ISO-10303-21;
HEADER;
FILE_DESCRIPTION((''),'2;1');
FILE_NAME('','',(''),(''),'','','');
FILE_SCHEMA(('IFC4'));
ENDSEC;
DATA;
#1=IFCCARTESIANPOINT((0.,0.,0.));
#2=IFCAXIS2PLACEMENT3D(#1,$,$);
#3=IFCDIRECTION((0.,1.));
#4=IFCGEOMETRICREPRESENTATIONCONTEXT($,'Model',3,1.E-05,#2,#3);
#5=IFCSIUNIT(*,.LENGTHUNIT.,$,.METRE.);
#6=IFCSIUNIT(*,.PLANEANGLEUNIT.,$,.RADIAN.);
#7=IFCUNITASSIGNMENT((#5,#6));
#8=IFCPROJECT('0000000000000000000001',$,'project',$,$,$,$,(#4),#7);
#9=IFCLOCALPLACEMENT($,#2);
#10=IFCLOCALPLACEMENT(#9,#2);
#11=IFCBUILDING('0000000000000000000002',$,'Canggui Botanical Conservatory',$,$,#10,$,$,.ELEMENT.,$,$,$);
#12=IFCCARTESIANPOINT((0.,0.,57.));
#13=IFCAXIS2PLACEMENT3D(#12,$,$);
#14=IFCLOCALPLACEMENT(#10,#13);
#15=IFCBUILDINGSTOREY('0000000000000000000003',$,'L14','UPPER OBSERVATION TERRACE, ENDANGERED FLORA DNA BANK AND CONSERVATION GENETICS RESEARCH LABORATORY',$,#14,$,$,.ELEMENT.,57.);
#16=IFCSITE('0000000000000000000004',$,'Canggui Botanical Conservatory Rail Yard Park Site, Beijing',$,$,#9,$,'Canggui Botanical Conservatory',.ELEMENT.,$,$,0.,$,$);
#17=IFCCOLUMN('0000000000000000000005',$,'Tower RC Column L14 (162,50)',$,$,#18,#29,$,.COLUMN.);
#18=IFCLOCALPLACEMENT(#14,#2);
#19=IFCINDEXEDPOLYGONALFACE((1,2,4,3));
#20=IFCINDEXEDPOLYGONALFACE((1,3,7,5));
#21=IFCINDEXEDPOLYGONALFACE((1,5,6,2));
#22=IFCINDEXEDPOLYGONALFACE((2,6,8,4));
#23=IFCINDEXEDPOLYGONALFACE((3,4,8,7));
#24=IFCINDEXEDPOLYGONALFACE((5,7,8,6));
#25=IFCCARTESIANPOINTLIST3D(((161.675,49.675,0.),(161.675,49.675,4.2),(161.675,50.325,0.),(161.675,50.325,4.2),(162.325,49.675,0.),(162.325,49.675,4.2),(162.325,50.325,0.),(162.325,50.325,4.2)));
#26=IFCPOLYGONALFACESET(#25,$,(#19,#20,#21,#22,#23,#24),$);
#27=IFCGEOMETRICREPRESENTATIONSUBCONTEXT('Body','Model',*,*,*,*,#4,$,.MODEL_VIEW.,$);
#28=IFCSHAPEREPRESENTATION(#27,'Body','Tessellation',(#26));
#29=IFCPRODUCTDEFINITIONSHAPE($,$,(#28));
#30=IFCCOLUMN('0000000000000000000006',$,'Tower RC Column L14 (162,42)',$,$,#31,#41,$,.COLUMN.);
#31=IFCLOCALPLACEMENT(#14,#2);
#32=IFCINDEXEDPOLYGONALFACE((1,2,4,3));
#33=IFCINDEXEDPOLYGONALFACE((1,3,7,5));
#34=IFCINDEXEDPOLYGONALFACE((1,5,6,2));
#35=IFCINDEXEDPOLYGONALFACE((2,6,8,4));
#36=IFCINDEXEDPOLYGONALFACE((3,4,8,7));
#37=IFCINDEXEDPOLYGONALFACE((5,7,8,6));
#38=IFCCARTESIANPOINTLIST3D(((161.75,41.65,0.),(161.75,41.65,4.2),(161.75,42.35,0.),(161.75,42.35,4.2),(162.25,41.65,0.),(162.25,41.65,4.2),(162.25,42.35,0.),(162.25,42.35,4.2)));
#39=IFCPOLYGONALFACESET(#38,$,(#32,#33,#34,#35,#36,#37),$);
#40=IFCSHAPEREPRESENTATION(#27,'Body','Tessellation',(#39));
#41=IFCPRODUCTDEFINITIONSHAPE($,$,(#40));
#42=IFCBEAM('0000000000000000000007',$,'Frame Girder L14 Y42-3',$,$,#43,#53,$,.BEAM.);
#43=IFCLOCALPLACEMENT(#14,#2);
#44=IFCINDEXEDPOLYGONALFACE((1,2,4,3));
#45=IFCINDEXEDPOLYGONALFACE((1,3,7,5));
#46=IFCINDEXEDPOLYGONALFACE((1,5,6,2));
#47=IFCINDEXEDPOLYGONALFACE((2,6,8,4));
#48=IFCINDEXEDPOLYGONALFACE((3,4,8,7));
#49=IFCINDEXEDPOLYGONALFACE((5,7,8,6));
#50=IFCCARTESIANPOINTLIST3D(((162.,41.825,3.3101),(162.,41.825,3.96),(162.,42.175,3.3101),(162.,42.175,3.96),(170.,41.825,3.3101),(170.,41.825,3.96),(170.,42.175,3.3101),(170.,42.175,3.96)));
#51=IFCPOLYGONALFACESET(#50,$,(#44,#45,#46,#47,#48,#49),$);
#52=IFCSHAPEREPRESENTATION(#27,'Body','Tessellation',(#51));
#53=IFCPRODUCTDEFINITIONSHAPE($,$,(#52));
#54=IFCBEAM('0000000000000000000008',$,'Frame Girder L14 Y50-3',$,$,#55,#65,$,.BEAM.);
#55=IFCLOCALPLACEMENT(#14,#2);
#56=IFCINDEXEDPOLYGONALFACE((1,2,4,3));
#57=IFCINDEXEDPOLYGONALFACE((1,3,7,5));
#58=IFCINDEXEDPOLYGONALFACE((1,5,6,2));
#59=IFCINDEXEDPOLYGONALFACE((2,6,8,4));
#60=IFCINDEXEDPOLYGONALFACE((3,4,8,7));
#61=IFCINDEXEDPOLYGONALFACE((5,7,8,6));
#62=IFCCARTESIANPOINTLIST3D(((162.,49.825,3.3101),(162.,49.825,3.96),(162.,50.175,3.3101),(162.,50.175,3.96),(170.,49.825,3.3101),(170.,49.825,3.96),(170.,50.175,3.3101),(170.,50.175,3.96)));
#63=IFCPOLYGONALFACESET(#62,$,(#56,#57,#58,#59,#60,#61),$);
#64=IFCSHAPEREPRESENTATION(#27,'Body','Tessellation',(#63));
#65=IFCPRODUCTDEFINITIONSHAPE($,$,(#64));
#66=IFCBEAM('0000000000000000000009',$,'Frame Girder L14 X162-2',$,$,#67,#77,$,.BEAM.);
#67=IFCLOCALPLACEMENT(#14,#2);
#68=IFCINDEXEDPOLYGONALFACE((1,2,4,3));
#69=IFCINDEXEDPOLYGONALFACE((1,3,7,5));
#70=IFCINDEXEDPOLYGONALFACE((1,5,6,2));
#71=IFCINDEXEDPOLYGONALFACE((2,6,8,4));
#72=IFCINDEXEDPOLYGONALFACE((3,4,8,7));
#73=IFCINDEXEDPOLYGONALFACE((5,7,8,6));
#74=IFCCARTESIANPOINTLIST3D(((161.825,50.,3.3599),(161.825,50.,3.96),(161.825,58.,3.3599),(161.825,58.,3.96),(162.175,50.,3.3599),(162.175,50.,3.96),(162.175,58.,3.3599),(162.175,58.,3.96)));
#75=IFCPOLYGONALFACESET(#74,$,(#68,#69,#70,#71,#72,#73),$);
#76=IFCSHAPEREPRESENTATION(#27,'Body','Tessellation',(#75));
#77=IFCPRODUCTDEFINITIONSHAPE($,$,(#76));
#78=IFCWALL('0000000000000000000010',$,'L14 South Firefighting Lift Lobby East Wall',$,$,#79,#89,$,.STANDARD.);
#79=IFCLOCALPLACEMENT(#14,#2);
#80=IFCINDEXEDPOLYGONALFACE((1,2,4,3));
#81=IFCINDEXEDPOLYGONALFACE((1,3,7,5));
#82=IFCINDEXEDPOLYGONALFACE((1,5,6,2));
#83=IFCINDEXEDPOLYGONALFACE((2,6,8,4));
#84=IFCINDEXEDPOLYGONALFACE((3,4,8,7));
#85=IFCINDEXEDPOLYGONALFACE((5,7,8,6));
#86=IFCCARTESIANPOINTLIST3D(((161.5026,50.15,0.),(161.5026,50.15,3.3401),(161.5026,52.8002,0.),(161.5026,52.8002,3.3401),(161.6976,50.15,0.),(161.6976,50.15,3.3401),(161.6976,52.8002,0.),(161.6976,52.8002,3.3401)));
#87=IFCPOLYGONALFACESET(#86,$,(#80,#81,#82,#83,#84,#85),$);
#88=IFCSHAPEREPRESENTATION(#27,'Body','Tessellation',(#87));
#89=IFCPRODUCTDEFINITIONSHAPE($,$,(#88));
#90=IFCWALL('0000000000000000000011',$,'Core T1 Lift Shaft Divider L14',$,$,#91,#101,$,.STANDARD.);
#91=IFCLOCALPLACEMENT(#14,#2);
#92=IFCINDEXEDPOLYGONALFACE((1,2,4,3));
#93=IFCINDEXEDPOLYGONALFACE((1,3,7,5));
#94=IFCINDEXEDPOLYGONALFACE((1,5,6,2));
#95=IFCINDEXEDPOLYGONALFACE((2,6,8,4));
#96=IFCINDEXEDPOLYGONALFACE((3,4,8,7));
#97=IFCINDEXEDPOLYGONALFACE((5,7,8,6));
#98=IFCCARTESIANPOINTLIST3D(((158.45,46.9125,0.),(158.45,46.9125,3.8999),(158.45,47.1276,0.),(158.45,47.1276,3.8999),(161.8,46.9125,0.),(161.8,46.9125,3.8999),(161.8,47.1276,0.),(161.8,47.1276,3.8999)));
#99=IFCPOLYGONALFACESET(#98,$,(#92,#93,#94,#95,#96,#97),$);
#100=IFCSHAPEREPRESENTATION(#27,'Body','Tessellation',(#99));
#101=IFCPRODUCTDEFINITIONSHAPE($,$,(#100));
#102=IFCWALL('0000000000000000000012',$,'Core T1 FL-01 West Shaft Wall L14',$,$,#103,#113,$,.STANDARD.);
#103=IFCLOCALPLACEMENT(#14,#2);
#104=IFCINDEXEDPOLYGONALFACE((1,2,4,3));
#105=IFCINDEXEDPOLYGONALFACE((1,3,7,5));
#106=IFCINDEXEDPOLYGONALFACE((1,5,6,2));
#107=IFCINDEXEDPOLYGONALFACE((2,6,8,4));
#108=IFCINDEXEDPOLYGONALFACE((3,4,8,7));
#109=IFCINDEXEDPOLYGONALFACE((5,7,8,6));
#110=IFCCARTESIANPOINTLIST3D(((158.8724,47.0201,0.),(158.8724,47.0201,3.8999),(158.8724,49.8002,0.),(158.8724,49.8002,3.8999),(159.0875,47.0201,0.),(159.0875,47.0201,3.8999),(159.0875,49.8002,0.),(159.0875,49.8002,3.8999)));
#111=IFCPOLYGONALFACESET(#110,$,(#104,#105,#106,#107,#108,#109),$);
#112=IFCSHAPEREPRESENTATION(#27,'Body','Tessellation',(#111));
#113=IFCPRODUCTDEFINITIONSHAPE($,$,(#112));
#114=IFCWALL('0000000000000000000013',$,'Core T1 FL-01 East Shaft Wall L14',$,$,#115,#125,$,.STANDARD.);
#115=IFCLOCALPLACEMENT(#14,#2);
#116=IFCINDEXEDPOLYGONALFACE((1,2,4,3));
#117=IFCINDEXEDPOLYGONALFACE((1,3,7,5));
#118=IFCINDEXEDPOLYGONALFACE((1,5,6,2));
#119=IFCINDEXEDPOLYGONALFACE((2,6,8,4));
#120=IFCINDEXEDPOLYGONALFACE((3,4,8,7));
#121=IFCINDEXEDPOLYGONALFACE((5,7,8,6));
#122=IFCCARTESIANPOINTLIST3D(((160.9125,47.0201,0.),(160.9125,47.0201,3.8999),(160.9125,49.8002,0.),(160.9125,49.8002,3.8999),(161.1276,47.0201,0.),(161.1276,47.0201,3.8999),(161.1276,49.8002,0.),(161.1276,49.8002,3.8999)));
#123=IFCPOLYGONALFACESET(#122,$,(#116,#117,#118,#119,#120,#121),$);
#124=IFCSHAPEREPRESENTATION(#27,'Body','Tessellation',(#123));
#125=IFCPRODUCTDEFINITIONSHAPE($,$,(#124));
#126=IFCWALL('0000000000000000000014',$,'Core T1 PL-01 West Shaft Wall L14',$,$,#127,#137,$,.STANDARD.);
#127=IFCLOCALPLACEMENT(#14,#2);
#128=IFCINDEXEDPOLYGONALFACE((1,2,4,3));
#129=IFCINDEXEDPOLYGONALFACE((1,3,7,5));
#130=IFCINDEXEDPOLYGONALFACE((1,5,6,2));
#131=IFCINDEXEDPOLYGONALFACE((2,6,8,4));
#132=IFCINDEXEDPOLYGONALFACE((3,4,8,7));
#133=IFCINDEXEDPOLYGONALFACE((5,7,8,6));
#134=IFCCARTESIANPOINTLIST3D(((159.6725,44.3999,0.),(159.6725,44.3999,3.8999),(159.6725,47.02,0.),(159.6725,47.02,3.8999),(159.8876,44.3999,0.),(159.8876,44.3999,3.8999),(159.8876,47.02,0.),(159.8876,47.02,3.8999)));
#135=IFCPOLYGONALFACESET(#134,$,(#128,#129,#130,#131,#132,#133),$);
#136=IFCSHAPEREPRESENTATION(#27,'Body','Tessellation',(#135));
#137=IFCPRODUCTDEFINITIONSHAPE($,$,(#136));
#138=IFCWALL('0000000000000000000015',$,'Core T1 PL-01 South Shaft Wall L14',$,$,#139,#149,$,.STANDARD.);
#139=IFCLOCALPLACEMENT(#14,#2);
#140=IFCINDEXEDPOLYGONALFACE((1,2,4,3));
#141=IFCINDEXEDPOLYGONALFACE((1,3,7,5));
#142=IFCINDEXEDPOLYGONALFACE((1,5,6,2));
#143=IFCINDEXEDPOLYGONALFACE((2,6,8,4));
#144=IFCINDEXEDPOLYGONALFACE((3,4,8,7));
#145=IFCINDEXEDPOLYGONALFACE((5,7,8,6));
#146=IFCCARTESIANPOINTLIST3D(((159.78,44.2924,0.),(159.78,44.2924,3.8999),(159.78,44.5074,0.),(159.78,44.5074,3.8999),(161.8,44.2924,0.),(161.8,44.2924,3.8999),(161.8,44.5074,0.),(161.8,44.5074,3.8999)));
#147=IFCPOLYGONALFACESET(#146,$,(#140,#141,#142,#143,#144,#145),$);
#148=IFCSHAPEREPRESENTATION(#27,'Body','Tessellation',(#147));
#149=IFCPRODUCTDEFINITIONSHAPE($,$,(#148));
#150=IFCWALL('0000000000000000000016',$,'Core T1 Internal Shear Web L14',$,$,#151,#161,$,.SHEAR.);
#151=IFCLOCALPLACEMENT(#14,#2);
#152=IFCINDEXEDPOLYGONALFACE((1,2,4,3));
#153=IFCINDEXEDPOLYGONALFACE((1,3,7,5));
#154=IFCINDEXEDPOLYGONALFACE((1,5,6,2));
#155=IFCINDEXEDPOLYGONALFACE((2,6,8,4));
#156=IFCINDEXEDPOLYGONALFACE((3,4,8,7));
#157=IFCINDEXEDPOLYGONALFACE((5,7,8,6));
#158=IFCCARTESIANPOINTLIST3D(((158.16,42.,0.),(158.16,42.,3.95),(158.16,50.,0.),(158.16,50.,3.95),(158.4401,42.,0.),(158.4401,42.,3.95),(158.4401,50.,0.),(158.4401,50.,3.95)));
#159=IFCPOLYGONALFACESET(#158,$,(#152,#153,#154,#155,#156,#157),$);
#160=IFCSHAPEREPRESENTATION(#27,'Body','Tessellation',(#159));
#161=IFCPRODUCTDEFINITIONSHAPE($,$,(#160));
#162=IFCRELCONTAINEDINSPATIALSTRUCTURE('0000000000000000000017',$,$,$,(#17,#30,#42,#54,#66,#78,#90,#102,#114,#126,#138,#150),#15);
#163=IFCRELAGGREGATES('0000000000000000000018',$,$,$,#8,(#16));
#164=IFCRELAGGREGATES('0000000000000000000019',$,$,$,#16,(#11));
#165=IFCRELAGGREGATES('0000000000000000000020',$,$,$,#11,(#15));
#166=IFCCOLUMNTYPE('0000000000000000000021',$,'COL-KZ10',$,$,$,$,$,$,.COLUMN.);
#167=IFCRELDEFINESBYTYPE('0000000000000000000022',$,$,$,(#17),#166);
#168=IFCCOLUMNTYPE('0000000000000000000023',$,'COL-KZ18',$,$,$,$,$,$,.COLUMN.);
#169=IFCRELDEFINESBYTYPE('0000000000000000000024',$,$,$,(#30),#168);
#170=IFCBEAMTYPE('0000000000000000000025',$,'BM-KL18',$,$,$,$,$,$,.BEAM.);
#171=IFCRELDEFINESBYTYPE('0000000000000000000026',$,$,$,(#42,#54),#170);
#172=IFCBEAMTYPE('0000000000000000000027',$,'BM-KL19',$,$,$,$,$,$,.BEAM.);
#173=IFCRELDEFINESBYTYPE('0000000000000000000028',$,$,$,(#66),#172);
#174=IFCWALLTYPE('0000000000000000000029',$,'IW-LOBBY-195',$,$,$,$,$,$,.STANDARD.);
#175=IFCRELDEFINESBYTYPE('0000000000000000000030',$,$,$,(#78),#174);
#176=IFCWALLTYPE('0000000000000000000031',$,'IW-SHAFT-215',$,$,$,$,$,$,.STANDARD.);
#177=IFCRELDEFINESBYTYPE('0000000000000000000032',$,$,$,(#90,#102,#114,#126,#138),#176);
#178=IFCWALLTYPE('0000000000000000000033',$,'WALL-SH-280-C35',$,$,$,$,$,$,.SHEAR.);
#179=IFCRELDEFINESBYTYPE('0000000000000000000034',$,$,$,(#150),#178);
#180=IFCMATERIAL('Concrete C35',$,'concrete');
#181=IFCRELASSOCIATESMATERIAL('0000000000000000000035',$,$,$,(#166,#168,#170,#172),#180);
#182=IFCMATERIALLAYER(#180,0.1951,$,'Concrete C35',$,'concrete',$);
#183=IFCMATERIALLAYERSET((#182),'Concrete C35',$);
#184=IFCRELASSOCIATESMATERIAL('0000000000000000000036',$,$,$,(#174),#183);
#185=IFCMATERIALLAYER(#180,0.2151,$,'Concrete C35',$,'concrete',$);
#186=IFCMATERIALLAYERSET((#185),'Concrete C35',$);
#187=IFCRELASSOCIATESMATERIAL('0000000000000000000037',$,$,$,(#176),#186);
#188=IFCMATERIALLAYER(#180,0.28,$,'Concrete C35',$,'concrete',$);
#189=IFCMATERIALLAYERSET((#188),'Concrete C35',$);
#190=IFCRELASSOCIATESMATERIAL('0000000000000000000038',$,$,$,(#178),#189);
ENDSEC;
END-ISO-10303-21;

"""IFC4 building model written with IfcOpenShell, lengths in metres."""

from ifc_helpers import new_model, si_unit, direction, frame, frame_2d, origin, origin_2d, place, context, subcontext, project, spatial, rectangle, extrude, material, layer, layer_set, material_profile, profile_set, type_object, element, save


model = new_model("IFC4")

# Units and contexts
model_context = context("Model", 3, precision=1e-05, world=origin(), true_north=direction((0.0, 1.0)))
body_context = subcontext(model_context, "Body", "Model", "MODEL_VIEW")
ifc_project = project(units=[si_unit("LENGTHUNIT", "METRE"), si_unit("PLANEANGLEUNIT", "RADIAN")], contexts=[model_context])

# Site, building, storey
site_placement = place(None, origin())
site = spatial("IfcSite", under=ifc_project, at=site_placement, Name="Canggui Botanical Conservatory Rail Yard Park Site, Beijing", LongName="Canggui Botanical Conservatory", CompositionType="ELEMENT", RefElevation=0.0)
building_placement = place(site_placement, origin())
building = spatial("IfcBuilding", under=site, at=building_placement, Name="Canggui Botanical Conservatory", CompositionType="ELEMENT")
storey_placement = place(building_placement, frame((0.0, 0.0, 57.0)))
storey = spatial("IfcBuildingStorey", under=building, at=storey_placement, Name="L14", Description="UPPER OBSERVATION TERRACE, ENDANGERED FLORA DNA BANK AND CONSERVATION GENETICS RESEARCH LABORATORY", CompositionType="ELEMENT", Elevation=57.0)

# Columns
ifc_material_1 = material(Name="Concrete C35", Category="concrete")
ifc_material_profile_1 = material_profile(ifc_material_1, rectangle(XDim=0.6499, YDim=0.6499, at=origin_2d()), Name="RC 650x650")
ifc_profile_set_1 = profile_set([ifc_material_profile_1], Name="Concrete C35")
column_type_1 = type_object("IfcColumnType", Name="COL-KZ10", PredefinedType="COLUMN", material=ifc_profile_set_1)
column_1_placement = place(storey_placement, frame((162.0, 50.0, 0.0), z_axis=(0.0, 0.0, 1.0), x_axis=(1.0, 0.0, 0.0)))
element("IfcColumn", 1, at=column_1_placement, inside=storey, type_object=column_type_1, Name="Tower RC Column L14 (162,50)", PredefinedType="COLUMN", context=body_context, shape_type="SweptSolid", body=[
    extrude(rectangle(XDim=0.6499, YDim=0.6499, at=origin_2d()), origin(), (0.0, 0.0, 1.0), 4.2),
])
ifc_material_profile_2 = material_profile(ifc_material_1, rectangle(XDim=0.5, YDim=0.7, at=origin_2d()), Name="RC 500x700")
ifc_profile_set_2 = profile_set([ifc_material_profile_2], Name="Concrete C35")
column_type_2 = type_object("IfcColumnType", Name="COL-KZ18", PredefinedType="COLUMN", material=ifc_profile_set_2)
column_2_placement = place(storey_placement, frame((162.0, 42.0, 0.0), z_axis=(0.0, 0.0, 1.0), x_axis=(1.0, 0.0, 0.0)))
element("IfcColumn", 2, at=column_2_placement, inside=storey, type_object=column_type_2, Name="Tower RC Column L14 (162,42)", PredefinedType="COLUMN", context=body_context, shape_type="SweptSolid", body=[
    extrude(rectangle(XDim=0.5, YDim=0.7, at=origin_2d()), origin(), (0.0, 0.0, 1.0), 4.2),
])

# Beams
ifc_material_profile_3 = material_profile(ifc_material_1, rectangle(XDim=0.3501, YDim=0.6499, at=origin_2d()), Name="RB 350x650")
ifc_profile_set_3 = profile_set([ifc_material_profile_3], Name="Concrete C35")
beam_type_1 = type_object("IfcBeamType", Name="BM-KL18", PredefinedType="BEAM", material=ifc_profile_set_3)
for number, where, z_axis, x_axis, name in (
    (3, (162.0, 42.0, 3.635), (1.0, 0.0, 0.0), (0.0, 1.0, 0.0), "Frame Girder L14 Y42-3"),
    (4, (162.0, 50.0, 3.635), (1.0, 0.0, 0.0), (0.0, 1.0, 0.0), "Frame Girder L14 Y50-3"),
):
    element("IfcBeam", number, at=place(storey_placement, frame(where, z_axis=z_axis, x_axis=x_axis)), inside=storey, type_object=beam_type_1, Name=name, PredefinedType="BEAM", context=body_context, shape_type="SweptSolid", body=[
        extrude(rectangle(XDim=0.3501, YDim=0.6499, at=origin_2d()), origin(), (0.0, 0.0, 1.0), 8.0),
    ])
ifc_material_profile_4 = material_profile(ifc_material_1, rectangle(XDim=0.3501, YDim=0.6001, at=origin_2d()), Name="RB 350x600")
ifc_profile_set_4 = profile_set([ifc_material_profile_4], Name="Concrete C35")
beam_type_2 = type_object("IfcBeamType", Name="BM-KL19", PredefinedType="BEAM", material=ifc_profile_set_4)
beam_placement = place(storey_placement, frame((162.0, 50.0, 3.6599), z_axis=(0.0, 1.0, 0.0), x_axis=(-1.0, 0.0, 0.0)))
element("IfcBeam", 5, at=beam_placement, inside=storey, type_object=beam_type_2, Name="Frame Girder L14 X162-2", PredefinedType="BEAM", context=body_context, shape_type="SweptSolid", body=[
    extrude(rectangle(XDim=0.3501, YDim=0.6001, at=origin_2d()), origin(), (0.0, 0.0, 1.0), 8.0),
])

# Walls
ifc_layer_1 = layer(ifc_material_1, 0.1951, Name="Concrete C35", Category="concrete")
ifc_layer_set_1 = layer_set([ifc_layer_1], Name="Concrete C35")
wall_type_1 = type_object("IfcWallType", Name="IW-LOBBY-195", PredefinedType="STANDARD", material=ifc_layer_set_1)
wall_1_placement = place(storey_placement, frame((161.6001, 50.1499, 0.0), z_axis=(0.0, 0.0, 1.0), x_axis=(0.0, 1.0, 0.0)))
element("IfcWall", 6, at=wall_1_placement, inside=storey, type_object=wall_type_1, Name="L14 South Firefighting Lift Lobby East Wall", PredefinedType="STANDARD", context=body_context, shape_type="SweptSolid", body=[
    extrude(rectangle(XDim=2.6501, YDim=0.1951, at=frame_2d((1.3252, 0.0))), origin(), (0.0, 0.0, 1.0), 3.3401),
])
ifc_layer_2 = layer(ifc_material_1, 0.2151, Name="Concrete C35", Category="concrete")
ifc_layer_set_2 = layer_set([ifc_layer_2], Name="Concrete C35")
wall_type_2 = type_object("IfcWallType", Name="IW-SHAFT-215", PredefinedType="STANDARD", material=ifc_layer_set_2)
wall_2_placement = place(storey_placement, frame((158.45, 47.02, 0.0), z_axis=(0.0, 0.0, 1.0), x_axis=(1.0, 0.0, 0.0)))
element("IfcWall", 7, at=wall_2_placement, inside=storey, type_object=wall_type_2, Name="Core T1 Lift Shaft Divider L14", PredefinedType="STANDARD", context=body_context, shape_type="SweptSolid", body=[
    extrude(rectangle(XDim=3.3501, YDim=0.2151, at=frame_2d((1.675, 0.0))), origin(), (0.0, 0.0, 1.0), 3.8999),
])
for number, where, z_axis, x_axis, name in (
    (8, (158.98, 47.02, 0.0), (0.0, 0.0, 1.0), (0.0, 1.0, 0.0), "Core T1 FL-01 West Shaft Wall L14"),
    (9, (161.02, 47.02, 0.0), (0.0, 0.0, 1.0), (0.0, 1.0, 0.0), "Core T1 FL-01 East Shaft Wall L14"),
):
    element("IfcWall", number, at=place(storey_placement, frame(where, z_axis=z_axis, x_axis=x_axis)), inside=storey, type_object=wall_type_2, Name=name, PredefinedType="STANDARD", context=body_context, shape_type="SweptSolid", body=[
        extrude(rectangle(XDim=2.78, YDim=0.2151, at=frame_2d((1.3901, 0.0))), origin(), (0.0, 0.0, 1.0), 3.8999),
    ])
wall_3_placement = place(storey_placement, frame((159.78, 44.3999, 0.0), z_axis=(0.0, 0.0, 1.0), x_axis=(0.0, 1.0, 0.0)))
element("IfcWall", 10, at=wall_3_placement, inside=storey, type_object=wall_type_2, Name="Core T1 PL-01 West Shaft Wall L14", PredefinedType="STANDARD", context=body_context, shape_type="SweptSolid", body=[
    extrude(rectangle(XDim=2.6201, YDim=0.2151, at=frame_2d((1.3101, 0.0))), origin(), (0.0, 0.0, 1.0), 3.8999),
])
wall_4_placement = place(storey_placement, frame((159.78, 44.3999, 0.0), z_axis=(0.0, 0.0, 1.0), x_axis=(1.0, 0.0, 0.0)))
element("IfcWall", 11, at=wall_4_placement, inside=storey, type_object=wall_type_2, Name="Core T1 PL-01 South Shaft Wall L14", PredefinedType="STANDARD", context=body_context, shape_type="SweptSolid", body=[
    extrude(rectangle(XDim=2.02, YDim=0.2151, at=frame_2d((1.01, 0.0))), origin(), (0.0, 0.0, 1.0), 3.8999),
])
ifc_layer_3 = layer(ifc_material_1, 0.28, Name="Concrete C35", Category="concrete")
ifc_layer_set_3 = layer_set([ifc_layer_3], Name="Concrete C35")
wall_type_3 = type_object("IfcWallType", Name="WALL-SH-280-C35", PredefinedType="SHEAR", material=ifc_layer_set_3)
wall_5_placement = place(storey_placement, frame((158.3, 42.0, 0.0), z_axis=(0.0, 0.0, 1.0), x_axis=(0.0, 1.0, 0.0)))
element("IfcWall", 12, at=wall_5_placement, inside=storey, type_object=wall_type_3, Name="Core T1 Internal Shear Web L14", PredefinedType="SHEAR", context=body_context, shape_type="SweptSolid", body=[
    extrude(rectangle(XDim=8.0, YDim=0.28, at=frame_2d((4.0, 0.0))), origin(), (0.0, 0.0, 1.0), 3.95),
])

save(model, "model.ifc")
